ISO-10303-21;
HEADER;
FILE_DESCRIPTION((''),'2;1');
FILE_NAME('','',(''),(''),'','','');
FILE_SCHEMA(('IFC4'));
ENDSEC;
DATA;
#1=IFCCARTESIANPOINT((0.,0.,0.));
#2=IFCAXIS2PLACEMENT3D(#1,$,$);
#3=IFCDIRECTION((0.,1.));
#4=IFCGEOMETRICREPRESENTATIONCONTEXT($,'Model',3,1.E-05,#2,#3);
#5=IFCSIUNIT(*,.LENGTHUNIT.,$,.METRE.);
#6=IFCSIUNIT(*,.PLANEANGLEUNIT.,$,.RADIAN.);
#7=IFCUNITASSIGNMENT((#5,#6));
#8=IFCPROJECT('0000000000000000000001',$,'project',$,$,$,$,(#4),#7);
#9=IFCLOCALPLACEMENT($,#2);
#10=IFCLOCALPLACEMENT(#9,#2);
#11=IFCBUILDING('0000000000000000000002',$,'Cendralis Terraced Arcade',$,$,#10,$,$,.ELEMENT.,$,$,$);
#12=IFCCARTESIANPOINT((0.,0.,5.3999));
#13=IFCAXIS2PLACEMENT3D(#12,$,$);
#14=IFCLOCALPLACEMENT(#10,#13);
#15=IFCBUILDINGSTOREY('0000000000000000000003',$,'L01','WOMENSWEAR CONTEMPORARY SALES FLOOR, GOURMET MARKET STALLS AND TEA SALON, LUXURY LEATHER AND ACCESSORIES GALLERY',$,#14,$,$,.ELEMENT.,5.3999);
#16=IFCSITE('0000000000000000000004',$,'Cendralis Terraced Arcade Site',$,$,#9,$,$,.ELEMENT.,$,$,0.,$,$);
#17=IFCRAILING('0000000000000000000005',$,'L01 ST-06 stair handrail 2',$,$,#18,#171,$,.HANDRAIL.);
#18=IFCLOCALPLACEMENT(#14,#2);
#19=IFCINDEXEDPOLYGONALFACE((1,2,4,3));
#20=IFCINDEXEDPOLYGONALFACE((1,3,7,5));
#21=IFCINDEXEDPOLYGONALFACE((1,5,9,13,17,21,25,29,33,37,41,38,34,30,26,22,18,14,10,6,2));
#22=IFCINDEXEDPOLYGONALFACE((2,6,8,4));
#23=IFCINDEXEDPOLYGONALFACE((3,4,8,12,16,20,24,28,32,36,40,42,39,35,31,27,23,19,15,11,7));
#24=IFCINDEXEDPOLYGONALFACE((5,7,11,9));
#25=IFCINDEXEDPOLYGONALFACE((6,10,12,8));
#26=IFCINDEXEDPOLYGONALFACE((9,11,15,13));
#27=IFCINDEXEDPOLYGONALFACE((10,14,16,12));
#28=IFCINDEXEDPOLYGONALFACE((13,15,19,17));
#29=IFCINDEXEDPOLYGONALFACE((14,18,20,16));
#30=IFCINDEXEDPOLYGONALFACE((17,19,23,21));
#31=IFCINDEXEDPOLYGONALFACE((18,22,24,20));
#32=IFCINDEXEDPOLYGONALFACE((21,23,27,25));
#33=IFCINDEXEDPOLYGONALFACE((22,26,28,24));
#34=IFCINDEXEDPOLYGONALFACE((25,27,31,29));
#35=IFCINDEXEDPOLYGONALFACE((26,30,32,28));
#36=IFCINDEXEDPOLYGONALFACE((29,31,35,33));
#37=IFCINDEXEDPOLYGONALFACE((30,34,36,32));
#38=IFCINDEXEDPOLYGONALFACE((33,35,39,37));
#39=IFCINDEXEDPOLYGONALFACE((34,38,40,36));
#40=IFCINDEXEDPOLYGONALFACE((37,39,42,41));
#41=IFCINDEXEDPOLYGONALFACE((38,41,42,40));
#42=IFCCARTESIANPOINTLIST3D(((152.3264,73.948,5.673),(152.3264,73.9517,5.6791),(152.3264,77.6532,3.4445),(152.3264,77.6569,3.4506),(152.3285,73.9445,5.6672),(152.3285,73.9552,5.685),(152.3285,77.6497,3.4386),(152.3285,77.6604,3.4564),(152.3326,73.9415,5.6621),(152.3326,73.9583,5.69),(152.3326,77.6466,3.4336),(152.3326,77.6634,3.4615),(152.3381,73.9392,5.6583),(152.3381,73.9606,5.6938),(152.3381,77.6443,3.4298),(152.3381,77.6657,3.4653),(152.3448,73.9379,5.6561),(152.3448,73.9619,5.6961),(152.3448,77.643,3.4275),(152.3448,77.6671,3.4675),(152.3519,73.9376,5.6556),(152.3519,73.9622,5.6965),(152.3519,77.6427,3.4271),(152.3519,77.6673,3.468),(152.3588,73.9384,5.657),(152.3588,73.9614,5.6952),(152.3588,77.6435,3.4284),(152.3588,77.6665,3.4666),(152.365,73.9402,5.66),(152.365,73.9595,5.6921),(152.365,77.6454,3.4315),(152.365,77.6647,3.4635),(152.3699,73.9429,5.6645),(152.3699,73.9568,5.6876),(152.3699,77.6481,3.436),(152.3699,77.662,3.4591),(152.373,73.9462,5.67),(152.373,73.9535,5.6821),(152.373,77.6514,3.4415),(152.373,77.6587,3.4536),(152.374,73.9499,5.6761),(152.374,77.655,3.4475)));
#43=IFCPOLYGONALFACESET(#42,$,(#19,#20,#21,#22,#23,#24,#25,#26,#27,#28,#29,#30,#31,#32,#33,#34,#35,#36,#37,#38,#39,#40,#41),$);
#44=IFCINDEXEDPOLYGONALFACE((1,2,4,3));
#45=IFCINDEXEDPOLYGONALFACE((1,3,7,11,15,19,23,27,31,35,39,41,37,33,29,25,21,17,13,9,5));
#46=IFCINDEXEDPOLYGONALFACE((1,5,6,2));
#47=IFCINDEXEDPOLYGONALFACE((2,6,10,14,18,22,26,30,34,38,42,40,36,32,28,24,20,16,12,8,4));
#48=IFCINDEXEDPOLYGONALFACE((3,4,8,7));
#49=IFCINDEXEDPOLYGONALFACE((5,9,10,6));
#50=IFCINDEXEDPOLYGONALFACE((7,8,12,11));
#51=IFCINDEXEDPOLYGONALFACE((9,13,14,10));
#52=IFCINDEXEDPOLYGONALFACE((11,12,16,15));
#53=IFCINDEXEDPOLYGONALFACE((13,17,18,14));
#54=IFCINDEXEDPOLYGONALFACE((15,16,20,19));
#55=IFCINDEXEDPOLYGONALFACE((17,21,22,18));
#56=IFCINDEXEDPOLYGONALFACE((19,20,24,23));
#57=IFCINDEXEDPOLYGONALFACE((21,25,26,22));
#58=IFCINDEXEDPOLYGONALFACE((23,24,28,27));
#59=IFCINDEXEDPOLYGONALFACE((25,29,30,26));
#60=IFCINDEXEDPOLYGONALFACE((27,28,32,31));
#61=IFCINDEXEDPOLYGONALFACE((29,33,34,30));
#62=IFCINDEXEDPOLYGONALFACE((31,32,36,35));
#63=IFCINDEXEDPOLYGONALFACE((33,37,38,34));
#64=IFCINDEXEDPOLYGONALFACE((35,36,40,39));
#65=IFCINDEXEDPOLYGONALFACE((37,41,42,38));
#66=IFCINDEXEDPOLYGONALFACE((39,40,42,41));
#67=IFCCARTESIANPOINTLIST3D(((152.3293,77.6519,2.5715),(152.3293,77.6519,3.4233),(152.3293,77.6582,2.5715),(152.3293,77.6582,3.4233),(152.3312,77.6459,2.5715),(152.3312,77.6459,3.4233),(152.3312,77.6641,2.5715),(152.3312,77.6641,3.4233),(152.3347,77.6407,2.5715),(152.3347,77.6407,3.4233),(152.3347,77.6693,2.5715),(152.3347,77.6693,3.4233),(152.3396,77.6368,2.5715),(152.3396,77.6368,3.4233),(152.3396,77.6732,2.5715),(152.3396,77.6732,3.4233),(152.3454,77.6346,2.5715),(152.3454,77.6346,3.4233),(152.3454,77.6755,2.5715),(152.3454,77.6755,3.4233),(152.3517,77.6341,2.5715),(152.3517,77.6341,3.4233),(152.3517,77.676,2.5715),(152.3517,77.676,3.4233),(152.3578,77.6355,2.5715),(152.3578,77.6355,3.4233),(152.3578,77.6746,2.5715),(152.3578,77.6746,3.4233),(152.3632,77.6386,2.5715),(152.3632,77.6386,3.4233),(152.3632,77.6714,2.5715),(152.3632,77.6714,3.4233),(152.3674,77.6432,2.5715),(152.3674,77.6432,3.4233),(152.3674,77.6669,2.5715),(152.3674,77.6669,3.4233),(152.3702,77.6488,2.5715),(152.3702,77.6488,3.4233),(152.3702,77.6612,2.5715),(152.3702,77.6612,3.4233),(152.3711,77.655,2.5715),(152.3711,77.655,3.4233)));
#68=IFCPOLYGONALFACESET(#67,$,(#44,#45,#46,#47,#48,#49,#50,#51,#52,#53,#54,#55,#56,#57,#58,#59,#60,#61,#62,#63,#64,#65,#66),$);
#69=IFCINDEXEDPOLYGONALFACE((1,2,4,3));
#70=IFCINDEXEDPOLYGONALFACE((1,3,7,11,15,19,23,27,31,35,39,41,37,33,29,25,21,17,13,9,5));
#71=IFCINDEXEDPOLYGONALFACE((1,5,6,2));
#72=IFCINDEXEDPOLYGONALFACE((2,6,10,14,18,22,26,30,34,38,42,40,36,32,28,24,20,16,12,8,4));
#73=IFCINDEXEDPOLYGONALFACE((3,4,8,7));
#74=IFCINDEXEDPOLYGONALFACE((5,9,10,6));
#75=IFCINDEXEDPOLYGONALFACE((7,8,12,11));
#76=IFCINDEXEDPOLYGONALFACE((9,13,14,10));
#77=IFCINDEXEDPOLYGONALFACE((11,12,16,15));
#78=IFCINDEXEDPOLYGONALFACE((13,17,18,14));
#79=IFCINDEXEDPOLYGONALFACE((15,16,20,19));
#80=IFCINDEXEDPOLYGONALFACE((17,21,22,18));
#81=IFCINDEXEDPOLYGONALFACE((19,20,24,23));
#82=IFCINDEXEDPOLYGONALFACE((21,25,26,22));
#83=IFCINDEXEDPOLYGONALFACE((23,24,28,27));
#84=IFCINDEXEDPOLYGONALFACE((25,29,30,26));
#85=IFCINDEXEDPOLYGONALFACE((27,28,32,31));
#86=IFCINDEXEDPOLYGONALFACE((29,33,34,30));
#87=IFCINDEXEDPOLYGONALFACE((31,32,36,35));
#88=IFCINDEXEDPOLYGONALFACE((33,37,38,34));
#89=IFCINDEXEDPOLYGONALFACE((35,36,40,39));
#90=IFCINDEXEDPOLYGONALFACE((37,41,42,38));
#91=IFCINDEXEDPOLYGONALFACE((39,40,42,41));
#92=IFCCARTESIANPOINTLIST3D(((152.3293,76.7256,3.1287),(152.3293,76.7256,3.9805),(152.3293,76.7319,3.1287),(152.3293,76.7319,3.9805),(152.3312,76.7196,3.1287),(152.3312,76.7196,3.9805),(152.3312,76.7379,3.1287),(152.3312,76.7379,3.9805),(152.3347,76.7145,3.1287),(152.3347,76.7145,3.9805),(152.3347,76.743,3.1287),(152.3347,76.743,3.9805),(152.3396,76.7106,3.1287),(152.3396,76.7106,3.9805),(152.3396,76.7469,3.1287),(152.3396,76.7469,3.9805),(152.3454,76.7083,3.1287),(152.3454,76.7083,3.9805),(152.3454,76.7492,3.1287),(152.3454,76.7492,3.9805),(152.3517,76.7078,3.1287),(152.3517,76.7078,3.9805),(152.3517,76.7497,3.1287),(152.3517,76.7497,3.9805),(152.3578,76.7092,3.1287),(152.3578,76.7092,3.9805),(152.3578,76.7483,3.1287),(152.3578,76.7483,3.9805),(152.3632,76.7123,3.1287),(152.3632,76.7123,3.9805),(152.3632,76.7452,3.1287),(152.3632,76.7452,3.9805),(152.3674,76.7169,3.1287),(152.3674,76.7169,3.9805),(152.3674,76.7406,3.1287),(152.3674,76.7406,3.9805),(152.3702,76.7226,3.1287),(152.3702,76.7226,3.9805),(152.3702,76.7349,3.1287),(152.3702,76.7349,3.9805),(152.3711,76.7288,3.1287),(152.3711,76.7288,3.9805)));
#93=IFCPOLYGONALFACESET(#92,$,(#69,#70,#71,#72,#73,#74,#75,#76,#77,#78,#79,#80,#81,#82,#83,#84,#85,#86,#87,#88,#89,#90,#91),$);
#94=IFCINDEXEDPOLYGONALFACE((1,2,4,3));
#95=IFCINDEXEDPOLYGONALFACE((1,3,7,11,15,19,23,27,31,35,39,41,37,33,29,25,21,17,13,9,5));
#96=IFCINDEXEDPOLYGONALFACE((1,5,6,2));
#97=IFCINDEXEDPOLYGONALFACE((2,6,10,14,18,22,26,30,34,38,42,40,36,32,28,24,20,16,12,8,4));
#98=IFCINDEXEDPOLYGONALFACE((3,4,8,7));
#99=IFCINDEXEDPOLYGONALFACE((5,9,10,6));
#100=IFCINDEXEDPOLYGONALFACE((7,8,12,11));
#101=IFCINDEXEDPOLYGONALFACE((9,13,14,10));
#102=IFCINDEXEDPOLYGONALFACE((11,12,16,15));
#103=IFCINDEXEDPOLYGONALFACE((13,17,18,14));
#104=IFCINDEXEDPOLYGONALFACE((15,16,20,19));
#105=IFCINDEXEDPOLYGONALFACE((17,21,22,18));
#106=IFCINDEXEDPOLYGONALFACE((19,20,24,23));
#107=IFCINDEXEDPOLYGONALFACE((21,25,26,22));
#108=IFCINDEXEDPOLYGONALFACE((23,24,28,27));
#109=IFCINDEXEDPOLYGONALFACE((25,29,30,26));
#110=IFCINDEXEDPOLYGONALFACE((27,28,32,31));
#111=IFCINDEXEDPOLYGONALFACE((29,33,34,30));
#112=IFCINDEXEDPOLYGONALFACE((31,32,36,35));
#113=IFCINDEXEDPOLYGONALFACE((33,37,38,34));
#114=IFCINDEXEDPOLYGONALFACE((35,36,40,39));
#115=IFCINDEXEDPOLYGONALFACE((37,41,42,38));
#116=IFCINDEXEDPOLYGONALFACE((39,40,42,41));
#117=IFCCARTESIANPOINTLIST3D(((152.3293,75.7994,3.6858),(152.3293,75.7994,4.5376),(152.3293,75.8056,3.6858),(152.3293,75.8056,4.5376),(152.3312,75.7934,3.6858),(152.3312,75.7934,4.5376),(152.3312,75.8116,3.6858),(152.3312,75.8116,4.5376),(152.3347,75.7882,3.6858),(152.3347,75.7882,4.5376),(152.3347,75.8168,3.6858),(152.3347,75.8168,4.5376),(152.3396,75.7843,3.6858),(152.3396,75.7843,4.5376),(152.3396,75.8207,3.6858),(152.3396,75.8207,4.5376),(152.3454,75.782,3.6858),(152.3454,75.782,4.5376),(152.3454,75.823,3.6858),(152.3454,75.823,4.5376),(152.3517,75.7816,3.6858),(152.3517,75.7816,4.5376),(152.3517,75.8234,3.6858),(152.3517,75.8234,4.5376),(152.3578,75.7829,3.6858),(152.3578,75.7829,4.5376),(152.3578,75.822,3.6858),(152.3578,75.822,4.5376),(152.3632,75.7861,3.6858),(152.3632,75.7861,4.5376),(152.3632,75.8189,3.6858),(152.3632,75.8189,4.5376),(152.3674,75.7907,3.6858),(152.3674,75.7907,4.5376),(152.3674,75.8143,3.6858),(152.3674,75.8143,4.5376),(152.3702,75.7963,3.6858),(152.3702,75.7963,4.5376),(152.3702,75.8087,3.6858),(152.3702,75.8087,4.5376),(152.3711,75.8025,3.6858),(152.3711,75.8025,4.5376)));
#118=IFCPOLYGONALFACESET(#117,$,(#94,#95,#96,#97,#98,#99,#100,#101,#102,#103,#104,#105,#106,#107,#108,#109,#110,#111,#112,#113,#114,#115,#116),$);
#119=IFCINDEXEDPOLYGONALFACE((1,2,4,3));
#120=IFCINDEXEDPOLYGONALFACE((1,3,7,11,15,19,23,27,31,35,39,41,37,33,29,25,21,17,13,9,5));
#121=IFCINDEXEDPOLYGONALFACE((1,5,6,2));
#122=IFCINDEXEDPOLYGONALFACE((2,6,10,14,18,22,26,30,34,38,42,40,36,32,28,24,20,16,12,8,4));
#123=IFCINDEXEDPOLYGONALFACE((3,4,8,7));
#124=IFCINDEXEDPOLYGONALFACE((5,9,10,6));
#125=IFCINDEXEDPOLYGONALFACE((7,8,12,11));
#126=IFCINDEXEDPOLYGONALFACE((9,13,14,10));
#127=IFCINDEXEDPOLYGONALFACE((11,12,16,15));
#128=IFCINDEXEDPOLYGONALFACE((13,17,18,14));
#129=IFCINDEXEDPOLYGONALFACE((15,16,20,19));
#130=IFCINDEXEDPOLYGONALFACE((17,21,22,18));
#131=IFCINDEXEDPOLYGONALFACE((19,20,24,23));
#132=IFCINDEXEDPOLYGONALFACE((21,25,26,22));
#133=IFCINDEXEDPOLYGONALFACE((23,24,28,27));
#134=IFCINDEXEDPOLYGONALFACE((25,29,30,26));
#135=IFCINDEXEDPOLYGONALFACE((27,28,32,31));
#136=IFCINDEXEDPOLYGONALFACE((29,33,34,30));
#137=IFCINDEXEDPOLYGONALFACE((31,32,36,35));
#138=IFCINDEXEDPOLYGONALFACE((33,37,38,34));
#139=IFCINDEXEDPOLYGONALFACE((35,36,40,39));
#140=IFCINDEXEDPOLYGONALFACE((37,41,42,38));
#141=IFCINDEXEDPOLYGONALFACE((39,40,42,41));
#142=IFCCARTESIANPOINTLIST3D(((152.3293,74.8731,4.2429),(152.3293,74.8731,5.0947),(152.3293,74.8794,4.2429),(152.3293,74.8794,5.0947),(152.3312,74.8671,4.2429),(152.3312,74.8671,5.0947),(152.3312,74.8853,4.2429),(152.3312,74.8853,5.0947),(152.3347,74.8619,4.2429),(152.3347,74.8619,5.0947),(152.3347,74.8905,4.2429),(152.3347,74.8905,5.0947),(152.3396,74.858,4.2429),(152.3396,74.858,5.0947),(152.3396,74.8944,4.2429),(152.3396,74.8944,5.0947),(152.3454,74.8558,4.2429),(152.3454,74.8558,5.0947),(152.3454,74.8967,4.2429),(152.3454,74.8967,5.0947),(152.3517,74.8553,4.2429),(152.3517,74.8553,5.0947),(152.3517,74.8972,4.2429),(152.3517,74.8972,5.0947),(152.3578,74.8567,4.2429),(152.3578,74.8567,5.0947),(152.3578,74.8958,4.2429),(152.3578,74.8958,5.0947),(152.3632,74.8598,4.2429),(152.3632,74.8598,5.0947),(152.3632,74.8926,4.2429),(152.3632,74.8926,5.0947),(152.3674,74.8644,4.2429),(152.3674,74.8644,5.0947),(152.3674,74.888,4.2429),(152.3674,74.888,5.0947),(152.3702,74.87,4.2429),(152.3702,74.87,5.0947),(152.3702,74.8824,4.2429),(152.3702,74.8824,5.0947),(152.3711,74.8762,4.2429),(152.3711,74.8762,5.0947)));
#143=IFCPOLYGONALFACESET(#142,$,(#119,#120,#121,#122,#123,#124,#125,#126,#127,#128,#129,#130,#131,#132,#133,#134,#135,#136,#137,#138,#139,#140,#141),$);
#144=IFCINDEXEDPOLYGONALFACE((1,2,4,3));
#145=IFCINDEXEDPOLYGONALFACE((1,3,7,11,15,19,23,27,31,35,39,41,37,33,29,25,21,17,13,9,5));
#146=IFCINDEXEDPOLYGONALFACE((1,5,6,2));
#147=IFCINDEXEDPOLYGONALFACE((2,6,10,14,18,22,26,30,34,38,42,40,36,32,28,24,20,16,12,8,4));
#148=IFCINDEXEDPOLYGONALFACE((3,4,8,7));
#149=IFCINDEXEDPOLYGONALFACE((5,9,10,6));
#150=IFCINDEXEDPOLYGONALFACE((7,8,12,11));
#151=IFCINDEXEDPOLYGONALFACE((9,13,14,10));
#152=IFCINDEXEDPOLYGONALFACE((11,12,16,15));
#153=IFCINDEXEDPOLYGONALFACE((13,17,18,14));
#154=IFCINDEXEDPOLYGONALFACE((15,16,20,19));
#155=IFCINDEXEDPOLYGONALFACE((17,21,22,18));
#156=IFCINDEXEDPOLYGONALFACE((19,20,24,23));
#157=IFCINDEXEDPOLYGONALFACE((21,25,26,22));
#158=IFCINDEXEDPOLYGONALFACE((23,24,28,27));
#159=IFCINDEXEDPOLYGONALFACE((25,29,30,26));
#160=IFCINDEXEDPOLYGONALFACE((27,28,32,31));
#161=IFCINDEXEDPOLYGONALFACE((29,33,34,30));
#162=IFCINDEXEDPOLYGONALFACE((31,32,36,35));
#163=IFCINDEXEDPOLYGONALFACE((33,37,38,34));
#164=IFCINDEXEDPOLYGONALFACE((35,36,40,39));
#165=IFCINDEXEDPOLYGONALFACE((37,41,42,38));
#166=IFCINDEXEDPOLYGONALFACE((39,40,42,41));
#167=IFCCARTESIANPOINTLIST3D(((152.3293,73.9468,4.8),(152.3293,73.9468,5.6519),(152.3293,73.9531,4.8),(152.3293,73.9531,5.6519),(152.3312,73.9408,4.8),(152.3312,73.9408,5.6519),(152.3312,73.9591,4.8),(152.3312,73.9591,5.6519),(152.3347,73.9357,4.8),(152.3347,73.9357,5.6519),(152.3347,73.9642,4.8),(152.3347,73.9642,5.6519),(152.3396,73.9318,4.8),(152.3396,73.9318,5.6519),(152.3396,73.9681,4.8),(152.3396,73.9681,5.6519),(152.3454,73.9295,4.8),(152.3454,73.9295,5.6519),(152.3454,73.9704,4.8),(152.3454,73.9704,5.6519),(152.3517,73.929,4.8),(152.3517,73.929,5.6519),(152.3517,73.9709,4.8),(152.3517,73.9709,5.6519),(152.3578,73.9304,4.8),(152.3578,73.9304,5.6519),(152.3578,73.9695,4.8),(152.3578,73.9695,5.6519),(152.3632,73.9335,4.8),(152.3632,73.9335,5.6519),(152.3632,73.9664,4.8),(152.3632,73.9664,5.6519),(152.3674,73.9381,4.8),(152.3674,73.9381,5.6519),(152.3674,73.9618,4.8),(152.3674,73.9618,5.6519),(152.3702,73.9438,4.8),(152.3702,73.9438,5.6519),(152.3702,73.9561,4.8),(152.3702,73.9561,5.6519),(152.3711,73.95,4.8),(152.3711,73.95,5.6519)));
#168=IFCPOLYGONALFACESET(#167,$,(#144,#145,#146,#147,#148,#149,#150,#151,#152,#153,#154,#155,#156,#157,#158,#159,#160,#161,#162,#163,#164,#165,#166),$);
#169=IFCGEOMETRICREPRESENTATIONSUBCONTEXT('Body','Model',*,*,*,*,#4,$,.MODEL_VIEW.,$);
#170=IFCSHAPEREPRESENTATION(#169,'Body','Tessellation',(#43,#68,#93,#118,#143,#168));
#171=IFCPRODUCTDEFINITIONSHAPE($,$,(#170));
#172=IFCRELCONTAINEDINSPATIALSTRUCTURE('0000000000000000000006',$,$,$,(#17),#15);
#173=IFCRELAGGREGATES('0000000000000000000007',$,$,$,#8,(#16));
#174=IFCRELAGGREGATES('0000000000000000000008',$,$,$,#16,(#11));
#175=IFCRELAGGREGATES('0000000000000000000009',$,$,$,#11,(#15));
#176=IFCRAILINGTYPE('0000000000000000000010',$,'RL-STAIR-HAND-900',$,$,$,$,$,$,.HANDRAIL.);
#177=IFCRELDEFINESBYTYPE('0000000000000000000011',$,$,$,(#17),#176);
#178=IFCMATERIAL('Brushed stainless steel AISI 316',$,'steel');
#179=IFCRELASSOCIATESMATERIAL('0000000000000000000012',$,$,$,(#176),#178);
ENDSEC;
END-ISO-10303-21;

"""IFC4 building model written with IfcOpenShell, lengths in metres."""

from ifc_helpers import new_model, si_unit, direction, frame, origin, origin_2d, place, context, subcontext, project, spatial, circle, extrude, material, type_object, element, save


model = new_model("IFC4")

# Units and contexts
model_context = context("Model", 3, precision=1e-05, world=origin(), true_north=direction((0.0, 1.0)))
body_context = subcontext(model_context, "Body", "Model", "MODEL_VIEW")
ifc_project = project(units=[si_unit("LENGTHUNIT", "METRE"), si_unit("PLANEANGLEUNIT", "RADIAN")], contexts=[model_context])

# Site, building, storey
site_placement = place(None, origin())
site = spatial("IfcSite", under=ifc_project, at=site_placement, Name="Cendralis Terraced Arcade Site", CompositionType="ELEMENT", RefElevation=0.0)
building_placement = place(site_placement, origin())
building = spatial("IfcBuilding", under=site, at=building_placement, Name="Cendralis Terraced Arcade", CompositionType="ELEMENT")
storey_placement = place(building_placement, frame((0.0, 0.0, 5.3999)))
storey = spatial("IfcBuildingStorey", under=building, at=storey_placement, Name="L01", Description="WOMENSWEAR CONTEMPORARY SALES FLOOR, GOURMET MARKET STALLS AND TEA SALON, LUXURY LEATHER AND ACCESSORIES GALLERY", CompositionType="ELEMENT", Elevation=5.3999)

# Railing
ifc_material_1 = material(Name="Brushed stainless steel AISI 316", Category="steel")
railing_type_1 = type_object("IfcRailingType", Name="RL-STAIR-HAND-900", PredefinedType="HANDRAIL", material=ifc_material_1)
railing_1_placement = place(storey_placement, frame((152.3501, 77.655, 2.5715)))
element("IfcRailing", 1, at=railing_1_placement, inside=storey, type_object=railing_type_1, Name="L01 ST-06 stair handrail 2", PredefinedType="HANDRAIL", context=body_context, shape_type="SweptSolid", body=[
    extrude(circle(Radius=0.0239, at=origin_2d()), frame((0.0, 0.0, 0.876), z_axis=(0.0, -0.856934, 0.515425), x_axis=(1.0, 0.0, 0.0)), (0.0, 0.0, 1.0), 4.3237),
    extrude(circle(Radius=0.021, at=origin_2d()), origin(), (0.0, 0.0, 1.0), 0.8518),
    extrude(circle(Radius=0.021, at=origin_2d()), frame((0.0, -0.9263, 0.5571)), (0.0, 0.0, 1.0), 0.8518),
    extrude(circle(Radius=0.021, at=origin_2d()), frame((0.0, -1.8525, 1.1143)), (0.0, 0.0, 1.0), 0.8518),
    extrude(circle(Radius=0.021, at=origin_2d()), frame((0.0, -2.7788, 1.6714)), (0.0, 0.0, 1.0), 0.8518),
    extrude(circle(Radius=0.021, at=origin_2d()), frame((0.0, -3.7051, 2.2285)), (0.0, 0.0, 1.0), 0.8518),
])

save(model, "model.ifc")
